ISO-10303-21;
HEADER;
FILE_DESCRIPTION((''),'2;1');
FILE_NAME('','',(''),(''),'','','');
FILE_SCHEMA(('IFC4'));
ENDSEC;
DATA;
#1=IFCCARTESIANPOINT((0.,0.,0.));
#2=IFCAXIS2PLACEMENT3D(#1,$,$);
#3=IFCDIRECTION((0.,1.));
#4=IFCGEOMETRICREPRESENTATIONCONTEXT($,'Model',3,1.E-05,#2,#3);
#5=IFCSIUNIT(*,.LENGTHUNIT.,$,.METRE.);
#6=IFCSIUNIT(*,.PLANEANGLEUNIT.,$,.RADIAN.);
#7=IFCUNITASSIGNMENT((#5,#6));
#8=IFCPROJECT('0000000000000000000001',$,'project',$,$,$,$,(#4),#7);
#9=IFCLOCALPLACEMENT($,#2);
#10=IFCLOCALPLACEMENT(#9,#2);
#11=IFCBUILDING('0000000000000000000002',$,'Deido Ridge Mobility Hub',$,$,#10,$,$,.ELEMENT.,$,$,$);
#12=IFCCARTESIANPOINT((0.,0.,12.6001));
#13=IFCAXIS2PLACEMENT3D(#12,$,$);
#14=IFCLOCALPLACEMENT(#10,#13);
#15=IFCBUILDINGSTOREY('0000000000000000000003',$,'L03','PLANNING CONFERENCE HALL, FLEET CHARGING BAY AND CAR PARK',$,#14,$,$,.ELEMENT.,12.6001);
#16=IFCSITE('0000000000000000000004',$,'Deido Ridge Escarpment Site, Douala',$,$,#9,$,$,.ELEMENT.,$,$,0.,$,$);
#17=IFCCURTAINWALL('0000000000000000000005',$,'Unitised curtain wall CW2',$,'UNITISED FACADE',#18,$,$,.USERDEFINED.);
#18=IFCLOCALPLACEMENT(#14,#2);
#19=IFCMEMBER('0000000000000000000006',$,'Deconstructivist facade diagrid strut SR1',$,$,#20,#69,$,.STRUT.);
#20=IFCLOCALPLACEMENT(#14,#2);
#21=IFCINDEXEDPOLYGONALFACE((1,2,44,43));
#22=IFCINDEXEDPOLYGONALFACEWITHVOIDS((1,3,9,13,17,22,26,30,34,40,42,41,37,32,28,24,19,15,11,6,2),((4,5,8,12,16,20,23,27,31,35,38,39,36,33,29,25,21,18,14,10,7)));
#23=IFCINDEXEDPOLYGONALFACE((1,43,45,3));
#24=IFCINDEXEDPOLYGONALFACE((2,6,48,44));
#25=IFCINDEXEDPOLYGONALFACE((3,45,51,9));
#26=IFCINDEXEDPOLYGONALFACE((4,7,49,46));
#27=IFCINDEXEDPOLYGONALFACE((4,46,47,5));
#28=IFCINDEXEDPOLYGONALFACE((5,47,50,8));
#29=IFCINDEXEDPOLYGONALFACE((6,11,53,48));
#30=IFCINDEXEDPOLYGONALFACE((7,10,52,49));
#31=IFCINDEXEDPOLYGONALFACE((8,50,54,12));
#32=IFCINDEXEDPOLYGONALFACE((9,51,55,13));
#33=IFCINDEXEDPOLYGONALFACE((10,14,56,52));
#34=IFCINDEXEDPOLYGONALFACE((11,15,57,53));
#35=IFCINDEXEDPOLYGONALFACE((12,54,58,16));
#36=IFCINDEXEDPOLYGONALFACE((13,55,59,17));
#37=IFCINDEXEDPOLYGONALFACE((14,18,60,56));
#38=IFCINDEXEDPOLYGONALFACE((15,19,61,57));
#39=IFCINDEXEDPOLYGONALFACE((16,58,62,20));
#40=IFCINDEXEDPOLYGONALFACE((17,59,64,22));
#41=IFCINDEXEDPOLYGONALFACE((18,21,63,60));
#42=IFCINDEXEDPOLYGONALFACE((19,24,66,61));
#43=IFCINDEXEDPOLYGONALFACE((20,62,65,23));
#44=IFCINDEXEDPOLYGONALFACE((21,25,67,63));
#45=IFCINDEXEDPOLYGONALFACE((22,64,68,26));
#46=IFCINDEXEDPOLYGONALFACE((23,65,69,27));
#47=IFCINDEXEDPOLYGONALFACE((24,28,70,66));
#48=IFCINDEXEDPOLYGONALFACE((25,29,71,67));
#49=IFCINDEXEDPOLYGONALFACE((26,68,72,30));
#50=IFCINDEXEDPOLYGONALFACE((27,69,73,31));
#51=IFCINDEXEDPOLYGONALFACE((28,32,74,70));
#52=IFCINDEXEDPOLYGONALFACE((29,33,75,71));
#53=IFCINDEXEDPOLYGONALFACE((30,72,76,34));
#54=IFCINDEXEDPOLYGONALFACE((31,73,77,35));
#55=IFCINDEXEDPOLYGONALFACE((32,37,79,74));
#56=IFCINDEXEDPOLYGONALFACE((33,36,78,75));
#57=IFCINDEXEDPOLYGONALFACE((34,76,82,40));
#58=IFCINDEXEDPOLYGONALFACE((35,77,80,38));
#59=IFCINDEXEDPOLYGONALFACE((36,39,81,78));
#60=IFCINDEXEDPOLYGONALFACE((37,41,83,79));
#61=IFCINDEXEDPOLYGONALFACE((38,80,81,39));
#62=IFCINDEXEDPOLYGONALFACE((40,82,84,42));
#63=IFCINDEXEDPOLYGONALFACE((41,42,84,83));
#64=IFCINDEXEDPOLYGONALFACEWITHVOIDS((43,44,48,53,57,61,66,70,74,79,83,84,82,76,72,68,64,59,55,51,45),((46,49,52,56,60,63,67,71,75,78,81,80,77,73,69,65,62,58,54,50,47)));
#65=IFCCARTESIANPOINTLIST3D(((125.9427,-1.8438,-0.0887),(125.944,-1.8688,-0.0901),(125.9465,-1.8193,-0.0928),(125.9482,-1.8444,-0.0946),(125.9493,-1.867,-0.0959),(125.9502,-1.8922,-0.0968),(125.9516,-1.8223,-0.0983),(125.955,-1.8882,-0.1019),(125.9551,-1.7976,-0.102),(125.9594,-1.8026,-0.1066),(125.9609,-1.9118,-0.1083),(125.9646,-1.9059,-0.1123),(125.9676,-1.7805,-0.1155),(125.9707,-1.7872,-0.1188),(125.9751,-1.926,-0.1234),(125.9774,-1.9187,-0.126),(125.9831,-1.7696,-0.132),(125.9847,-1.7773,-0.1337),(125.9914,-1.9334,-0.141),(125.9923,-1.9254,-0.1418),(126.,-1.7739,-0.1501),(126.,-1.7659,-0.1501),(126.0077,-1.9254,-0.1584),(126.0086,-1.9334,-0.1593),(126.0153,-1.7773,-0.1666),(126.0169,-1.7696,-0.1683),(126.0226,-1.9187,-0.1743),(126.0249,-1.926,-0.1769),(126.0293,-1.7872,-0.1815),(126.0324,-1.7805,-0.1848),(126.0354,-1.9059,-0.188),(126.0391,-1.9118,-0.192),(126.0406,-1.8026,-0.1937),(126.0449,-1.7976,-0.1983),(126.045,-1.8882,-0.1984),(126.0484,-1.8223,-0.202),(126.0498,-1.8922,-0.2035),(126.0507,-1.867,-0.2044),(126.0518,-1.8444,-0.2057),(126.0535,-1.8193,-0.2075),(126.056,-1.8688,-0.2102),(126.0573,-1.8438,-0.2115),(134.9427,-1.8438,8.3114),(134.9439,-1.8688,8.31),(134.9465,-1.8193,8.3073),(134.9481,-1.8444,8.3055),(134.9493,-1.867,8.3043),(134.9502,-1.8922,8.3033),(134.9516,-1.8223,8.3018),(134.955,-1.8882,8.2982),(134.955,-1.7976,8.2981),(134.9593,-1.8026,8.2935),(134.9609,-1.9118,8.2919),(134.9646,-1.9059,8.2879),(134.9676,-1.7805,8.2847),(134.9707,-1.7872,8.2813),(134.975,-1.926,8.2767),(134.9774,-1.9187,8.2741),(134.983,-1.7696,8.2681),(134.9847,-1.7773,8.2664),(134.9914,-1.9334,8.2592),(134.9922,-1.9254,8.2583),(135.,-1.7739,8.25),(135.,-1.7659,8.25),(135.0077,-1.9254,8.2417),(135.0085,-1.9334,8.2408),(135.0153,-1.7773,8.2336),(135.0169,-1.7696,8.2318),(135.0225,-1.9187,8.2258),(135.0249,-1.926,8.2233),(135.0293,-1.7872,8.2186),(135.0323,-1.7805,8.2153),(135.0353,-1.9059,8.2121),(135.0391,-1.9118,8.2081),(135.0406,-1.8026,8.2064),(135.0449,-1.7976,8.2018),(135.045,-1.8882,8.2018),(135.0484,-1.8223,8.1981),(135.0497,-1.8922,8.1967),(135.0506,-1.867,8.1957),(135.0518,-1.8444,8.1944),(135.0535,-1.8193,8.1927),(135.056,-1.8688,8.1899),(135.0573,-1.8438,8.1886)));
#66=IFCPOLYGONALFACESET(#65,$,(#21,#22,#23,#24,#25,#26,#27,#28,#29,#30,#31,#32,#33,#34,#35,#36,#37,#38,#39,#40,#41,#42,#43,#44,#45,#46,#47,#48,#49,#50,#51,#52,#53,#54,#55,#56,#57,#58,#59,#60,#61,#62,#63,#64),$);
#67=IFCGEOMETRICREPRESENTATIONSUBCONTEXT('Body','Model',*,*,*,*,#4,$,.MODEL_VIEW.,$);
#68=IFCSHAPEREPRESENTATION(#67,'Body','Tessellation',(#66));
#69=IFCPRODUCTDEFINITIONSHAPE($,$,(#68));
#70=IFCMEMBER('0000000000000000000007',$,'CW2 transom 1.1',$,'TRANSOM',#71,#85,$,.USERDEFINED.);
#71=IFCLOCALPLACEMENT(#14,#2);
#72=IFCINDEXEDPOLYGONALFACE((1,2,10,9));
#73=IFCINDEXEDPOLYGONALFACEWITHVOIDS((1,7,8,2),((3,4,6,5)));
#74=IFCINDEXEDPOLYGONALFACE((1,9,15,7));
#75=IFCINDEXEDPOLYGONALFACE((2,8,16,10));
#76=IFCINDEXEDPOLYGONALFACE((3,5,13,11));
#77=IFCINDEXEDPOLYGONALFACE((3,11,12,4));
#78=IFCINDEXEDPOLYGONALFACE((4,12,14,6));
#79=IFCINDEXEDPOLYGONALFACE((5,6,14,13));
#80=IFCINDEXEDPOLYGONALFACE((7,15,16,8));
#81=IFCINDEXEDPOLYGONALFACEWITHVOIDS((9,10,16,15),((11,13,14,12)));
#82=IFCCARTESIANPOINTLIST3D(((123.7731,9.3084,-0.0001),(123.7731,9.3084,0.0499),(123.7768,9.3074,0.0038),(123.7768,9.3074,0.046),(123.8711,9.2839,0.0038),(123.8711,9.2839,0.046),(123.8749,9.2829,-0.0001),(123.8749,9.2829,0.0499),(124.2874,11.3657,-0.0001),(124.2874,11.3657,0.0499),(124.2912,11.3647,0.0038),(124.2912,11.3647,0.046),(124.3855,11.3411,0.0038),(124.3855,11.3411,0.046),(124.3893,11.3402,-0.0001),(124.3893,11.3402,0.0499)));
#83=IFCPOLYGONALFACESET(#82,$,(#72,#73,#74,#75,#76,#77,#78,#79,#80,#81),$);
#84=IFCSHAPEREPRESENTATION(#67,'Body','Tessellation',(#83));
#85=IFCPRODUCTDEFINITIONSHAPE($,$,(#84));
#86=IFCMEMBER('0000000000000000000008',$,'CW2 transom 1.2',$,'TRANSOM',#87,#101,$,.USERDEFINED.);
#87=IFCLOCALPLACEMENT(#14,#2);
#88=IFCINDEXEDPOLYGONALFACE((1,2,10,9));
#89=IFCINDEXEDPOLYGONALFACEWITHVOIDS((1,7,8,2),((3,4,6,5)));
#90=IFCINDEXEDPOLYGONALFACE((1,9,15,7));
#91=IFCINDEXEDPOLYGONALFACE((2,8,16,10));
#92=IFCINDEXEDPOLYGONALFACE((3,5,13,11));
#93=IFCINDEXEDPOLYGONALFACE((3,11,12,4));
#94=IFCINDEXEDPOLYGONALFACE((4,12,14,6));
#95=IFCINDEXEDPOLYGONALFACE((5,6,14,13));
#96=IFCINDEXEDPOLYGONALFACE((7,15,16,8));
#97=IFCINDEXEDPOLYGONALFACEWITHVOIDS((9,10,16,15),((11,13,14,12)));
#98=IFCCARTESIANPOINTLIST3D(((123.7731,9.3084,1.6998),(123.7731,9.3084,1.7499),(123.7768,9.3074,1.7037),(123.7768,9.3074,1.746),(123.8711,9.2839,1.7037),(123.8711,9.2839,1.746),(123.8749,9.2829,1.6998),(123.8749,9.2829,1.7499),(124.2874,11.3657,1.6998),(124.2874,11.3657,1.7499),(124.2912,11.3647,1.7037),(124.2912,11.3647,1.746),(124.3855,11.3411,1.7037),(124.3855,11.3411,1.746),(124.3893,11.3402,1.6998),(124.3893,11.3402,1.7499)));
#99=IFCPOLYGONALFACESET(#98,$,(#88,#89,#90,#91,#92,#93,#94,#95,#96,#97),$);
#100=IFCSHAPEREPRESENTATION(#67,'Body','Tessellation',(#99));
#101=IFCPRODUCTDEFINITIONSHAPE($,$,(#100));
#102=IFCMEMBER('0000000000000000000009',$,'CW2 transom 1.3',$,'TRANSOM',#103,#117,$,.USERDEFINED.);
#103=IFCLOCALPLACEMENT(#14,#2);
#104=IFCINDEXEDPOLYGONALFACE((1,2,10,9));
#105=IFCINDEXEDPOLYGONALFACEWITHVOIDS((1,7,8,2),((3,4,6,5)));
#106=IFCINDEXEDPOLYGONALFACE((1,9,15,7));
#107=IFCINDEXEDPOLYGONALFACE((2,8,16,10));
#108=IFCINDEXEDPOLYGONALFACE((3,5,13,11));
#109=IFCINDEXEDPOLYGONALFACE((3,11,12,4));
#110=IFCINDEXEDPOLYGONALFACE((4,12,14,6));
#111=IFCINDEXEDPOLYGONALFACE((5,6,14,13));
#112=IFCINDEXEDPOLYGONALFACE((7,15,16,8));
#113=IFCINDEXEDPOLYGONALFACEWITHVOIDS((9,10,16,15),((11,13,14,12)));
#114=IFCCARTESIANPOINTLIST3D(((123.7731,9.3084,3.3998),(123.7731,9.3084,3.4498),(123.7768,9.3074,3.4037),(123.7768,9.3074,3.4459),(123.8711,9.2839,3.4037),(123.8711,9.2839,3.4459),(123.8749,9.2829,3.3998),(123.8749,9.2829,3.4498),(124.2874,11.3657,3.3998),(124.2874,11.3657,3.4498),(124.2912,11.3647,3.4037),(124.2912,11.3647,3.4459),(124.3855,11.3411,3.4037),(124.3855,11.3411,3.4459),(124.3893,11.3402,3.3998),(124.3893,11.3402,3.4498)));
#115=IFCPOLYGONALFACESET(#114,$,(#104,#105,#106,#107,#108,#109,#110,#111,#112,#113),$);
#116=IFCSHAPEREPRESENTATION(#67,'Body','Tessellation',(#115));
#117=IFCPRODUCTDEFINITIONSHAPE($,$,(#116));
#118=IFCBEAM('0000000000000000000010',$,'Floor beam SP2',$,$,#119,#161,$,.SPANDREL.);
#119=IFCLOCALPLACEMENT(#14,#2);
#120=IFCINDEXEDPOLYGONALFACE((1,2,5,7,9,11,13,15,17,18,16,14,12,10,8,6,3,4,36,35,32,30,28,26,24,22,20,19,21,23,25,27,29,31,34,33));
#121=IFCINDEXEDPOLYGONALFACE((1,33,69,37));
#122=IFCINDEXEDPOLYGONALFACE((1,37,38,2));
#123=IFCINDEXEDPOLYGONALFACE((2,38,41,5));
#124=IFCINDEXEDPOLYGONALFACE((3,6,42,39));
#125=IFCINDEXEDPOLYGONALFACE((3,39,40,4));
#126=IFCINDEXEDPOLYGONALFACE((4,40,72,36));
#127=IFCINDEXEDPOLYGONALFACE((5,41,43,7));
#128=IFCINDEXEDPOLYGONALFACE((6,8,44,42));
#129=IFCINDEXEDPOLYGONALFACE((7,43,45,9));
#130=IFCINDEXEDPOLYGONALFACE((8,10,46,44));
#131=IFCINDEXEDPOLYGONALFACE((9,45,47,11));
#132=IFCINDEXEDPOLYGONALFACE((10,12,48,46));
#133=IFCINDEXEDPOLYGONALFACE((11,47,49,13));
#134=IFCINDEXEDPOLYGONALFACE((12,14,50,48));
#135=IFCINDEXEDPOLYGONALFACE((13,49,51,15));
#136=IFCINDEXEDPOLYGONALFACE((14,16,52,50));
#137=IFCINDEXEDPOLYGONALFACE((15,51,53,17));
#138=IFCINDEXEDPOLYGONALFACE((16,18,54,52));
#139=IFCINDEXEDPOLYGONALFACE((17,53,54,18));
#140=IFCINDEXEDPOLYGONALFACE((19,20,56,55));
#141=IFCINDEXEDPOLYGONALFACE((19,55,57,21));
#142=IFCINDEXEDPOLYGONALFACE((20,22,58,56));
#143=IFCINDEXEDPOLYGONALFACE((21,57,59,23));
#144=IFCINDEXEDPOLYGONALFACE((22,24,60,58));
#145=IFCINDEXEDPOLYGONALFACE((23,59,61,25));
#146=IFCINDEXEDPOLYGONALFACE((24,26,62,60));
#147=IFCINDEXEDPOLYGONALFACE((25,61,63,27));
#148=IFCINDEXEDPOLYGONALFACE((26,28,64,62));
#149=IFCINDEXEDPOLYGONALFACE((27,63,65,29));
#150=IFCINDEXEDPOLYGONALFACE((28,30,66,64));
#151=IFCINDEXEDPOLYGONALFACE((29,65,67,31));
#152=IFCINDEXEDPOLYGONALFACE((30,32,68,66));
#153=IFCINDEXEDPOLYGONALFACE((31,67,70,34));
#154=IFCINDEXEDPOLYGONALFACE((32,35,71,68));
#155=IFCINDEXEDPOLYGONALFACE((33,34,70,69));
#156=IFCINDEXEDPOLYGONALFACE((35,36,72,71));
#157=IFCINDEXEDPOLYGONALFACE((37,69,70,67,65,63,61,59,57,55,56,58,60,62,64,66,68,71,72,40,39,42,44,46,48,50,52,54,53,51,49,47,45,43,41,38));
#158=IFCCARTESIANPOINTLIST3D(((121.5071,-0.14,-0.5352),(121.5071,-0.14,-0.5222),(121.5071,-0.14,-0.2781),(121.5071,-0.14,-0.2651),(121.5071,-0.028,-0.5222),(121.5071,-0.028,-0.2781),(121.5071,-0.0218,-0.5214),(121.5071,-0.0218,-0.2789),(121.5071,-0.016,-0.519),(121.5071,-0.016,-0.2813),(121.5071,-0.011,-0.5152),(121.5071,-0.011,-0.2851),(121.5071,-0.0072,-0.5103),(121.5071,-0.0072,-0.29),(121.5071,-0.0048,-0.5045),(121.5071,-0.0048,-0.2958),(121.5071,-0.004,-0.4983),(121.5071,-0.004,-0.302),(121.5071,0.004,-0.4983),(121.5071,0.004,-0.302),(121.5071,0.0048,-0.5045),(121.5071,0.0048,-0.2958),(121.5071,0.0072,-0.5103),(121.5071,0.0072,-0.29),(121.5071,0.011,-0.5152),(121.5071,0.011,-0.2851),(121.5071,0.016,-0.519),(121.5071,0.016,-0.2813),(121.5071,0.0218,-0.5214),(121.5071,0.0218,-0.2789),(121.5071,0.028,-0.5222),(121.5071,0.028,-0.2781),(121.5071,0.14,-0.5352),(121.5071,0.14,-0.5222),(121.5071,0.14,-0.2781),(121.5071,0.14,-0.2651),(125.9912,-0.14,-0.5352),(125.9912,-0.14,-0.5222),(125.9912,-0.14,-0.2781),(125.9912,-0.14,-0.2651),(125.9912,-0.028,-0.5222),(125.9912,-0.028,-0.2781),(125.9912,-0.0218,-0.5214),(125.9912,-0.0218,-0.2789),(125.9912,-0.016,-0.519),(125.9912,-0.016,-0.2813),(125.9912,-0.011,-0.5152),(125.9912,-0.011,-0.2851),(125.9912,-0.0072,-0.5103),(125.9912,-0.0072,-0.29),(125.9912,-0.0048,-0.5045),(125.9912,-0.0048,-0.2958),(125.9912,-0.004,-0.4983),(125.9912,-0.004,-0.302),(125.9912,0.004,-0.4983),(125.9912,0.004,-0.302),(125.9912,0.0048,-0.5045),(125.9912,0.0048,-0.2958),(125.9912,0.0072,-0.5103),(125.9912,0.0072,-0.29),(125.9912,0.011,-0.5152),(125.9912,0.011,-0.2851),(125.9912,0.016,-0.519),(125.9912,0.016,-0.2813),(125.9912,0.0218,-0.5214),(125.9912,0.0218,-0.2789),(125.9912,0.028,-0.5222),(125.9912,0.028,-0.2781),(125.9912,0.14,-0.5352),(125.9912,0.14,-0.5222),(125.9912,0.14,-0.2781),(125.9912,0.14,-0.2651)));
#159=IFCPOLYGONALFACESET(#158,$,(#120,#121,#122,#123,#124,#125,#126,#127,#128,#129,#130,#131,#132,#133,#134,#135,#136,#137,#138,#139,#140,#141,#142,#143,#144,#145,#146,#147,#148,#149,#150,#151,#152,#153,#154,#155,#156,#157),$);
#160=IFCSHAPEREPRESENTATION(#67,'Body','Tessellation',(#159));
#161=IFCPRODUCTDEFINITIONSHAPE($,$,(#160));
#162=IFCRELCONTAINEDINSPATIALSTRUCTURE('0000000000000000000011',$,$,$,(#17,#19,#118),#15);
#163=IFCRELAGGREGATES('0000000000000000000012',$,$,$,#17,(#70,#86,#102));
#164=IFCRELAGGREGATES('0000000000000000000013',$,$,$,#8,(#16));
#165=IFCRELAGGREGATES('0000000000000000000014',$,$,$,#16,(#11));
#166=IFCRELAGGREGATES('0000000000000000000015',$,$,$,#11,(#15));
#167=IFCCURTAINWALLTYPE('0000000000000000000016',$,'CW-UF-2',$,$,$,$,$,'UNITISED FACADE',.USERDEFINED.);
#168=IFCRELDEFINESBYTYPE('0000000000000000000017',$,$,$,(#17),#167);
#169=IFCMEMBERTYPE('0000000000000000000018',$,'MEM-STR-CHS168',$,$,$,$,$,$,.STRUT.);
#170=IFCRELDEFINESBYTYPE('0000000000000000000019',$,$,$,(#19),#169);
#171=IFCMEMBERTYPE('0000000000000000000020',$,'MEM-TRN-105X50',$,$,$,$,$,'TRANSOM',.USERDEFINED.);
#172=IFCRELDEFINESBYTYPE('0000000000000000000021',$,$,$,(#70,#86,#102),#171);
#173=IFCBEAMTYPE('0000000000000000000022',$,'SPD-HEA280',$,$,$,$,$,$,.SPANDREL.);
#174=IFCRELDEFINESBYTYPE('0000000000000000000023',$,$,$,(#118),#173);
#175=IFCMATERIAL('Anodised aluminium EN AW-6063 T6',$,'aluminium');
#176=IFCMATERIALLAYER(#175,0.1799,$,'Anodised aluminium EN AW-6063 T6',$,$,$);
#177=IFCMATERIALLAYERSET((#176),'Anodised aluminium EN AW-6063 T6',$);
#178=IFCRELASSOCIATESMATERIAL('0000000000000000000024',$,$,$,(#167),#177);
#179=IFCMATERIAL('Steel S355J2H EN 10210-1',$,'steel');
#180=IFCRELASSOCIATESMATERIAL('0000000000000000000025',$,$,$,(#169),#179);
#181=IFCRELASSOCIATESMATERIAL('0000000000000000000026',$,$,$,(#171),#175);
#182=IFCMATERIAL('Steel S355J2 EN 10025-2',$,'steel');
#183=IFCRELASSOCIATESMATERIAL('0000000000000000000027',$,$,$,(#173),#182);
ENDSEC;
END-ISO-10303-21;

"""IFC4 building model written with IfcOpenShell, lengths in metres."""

from ifc_helpers import new_model, si_unit, direction, frame, origin, origin_2d, place, context, subcontext, project, spatial, hollow_rectangle, hollow_circle, i_section, extrude, material, layer, layer_set, material_profile, profile_set, type_object, element, aggregate, save


model = new_model("IFC4")

# Units and contexts
model_context = context("Model", 3, precision=1e-05, world=origin(), true_north=direction((0.0, 1.0)))
body_context = subcontext(model_context, "Body", "Model", "MODEL_VIEW")
ifc_project = project(units=[si_unit("LENGTHUNIT", "METRE"), si_unit("PLANEANGLEUNIT", "RADIAN")], contexts=[model_context])

# Site, building, storey
site_placement = place(None, origin())
site = spatial("IfcSite", under=ifc_project, at=site_placement, Name="Deido Ridge Escarpment Site, Douala", CompositionType="ELEMENT", RefElevation=0.0)
building_placement = place(site_placement, origin())
building = spatial("IfcBuilding", under=site, at=building_placement, Name="Deido Ridge Mobility Hub", CompositionType="ELEMENT")
storey_placement = place(building_placement, frame((0.0, 0.0, 12.6001)))
storey = spatial("IfcBuildingStorey", under=building, at=storey_placement, Name="L03", Description="PLANNING CONFERENCE HALL, FLEET CHARGING BAY AND CAR PARK", CompositionType="ELEMENT", Elevation=12.6001)

# Shared definitions
ifc_material_1 = material(Name="Steel S355J2 EN 10025-2", Category="steel")

# Curtain wall
ifc_material_2 = material(Name="Anodised aluminium EN AW-6063 T6", Category="aluminium")
ifc_layer_1 = layer(ifc_material_2, 0.1799, Name="Anodised aluminium EN AW-6063 T6")
ifc_layer_set_1 = layer_set([ifc_layer_1], Name="Anodised aluminium EN AW-6063 T6")
curtain_wall_type = type_object("IfcCurtainWallType", Name="CW-UF-2", ElementType="UNITISED FACADE", PredefinedType="USERDEFINED", material=ifc_layer_set_1)
curtain_wall_placement = place(storey_placement, origin())
curtain_wall = element("IfcCurtainWall", 1, at=curtain_wall_placement, inside=storey, type_object=curtain_wall_type, Name="Unitised curtain wall CW2", ObjectType="UNITISED FACADE", PredefinedType="USERDEFINED")

# Members
ifc_material_3 = material(Name="Steel S355J2H EN 10210-1", Category="steel")
ifc_material_profile_1 = material_profile(ifc_material_3, hollow_circle(Radius=0.0842, WallThickness=0.0081, at=origin_2d()), Name="CHS 168.3x8")
ifc_profile_set_1 = profile_set([ifc_material_profile_1], Name="Steel S355J2H EN 10210-1")
member_type_1 = type_object("IfcMemberType", Name="MEM-STR-CHS168", PredefinedType="STRUT", material=ifc_profile_set_1)
member_1_placement = place(storey_placement, frame((126.0, -1.8501, -0.1501), z_axis=(0.731049, 0.0, 0.682325), x_axis=(0.0, 1.0, 0.0)))
element("IfcMember", 2, at=member_1_placement, inside=storey, type_object=member_type_1, Name="Deconstructivist facade diagrid strut SR1", PredefinedType="STRUT", context=body_context, shape_type="SweptSolid", body=[
    extrude(hollow_circle(Radius=0.0842, WallThickness=0.0081, at=origin_2d()), origin(), (0.0, 0.0, 1.0), 12.311),
])
ifc_material_profile_2 = material_profile(ifc_material_2, hollow_rectangle(XDim=0.105, YDim=0.05, WallThickness=0.0039, at=origin_2d()), Name="RHS 105x50x4")
ifc_profile_set_2 = profile_set([ifc_material_profile_2], Name="Anodised aluminium EN AW-6063 T6")
member_type_2 = type_object("IfcMemberType", Name="MEM-TRN-105X50", ElementType="TRANSOM", PredefinedType="USERDEFINED", material=ifc_profile_set_2)
member_2_placement = place(storey_placement, frame((123.824, 9.2957, 0.0249), z_axis=(0.242563, 0.970136, 0.0), x_axis=(-0.970136, 0.242563, 0.0)))
member_2 = element("IfcMember", 3, at=member_2_placement, type_object=member_type_2, Name="CW2 transom 1.1", ObjectType="TRANSOM", PredefinedType="USERDEFINED", context=body_context, shape_type="SweptSolid", body=[
    extrude(hollow_rectangle(XDim=0.105, YDim=0.05, WallThickness=0.0039, at=origin_2d()), origin(), (0.0, 0.0, 1.0), 2.1206),
])
member_3_placement = place(storey_placement, frame((123.824, 9.2957, 1.7249), z_axis=(0.242563, 0.970136, 0.0), x_axis=(-0.970136, 0.242563, 0.0)))
member_3 = element("IfcMember", 4, at=member_3_placement, type_object=member_type_2, Name="CW2 transom 1.2", ObjectType="TRANSOM", PredefinedType="USERDEFINED", context=body_context, shape_type="SweptSolid", body=[
    extrude(hollow_rectangle(XDim=0.105, YDim=0.05, WallThickness=0.0039, at=origin_2d()), origin(), (0.0, 0.0, 1.0), 2.1206),
])
member_4_placement = place(storey_placement, frame((123.824, 9.2957, 3.4248), z_axis=(0.242563, 0.970136, 0.0), x_axis=(-0.970136, 0.242563, 0.0)))
member_4 = element("IfcMember", 5, at=member_4_placement, type_object=member_type_2, Name="CW2 transom 1.3", ObjectType="TRANSOM", PredefinedType="USERDEFINED", context=body_context, shape_type="SweptSolid", body=[
    extrude(hollow_rectangle(XDim=0.105, YDim=0.05, WallThickness=0.0039, at=origin_2d()), origin(), (0.0, 0.0, 1.0), 2.1206),
])
aggregate(curtain_wall, [member_2, member_3, member_4])

# Beam
ifc_material_profile_3 = material_profile(ifc_material_1, i_section(OverallWidth=0.28, OverallDepth=0.27, WebThickness=0.0081, FlangeThickness=0.0129, FilletRadius=0.0239, at=origin_2d()), Name="HEA 280")
ifc_profile_set_3 = profile_set([ifc_material_profile_3], Name="Steel S355J2 EN 10025-2")
beam_type_1 = type_object("IfcBeamType", Name="SPD-HEA280", PredefinedType="SPANDREL", material=ifc_profile_set_3)
beam_1_placement = place(storey_placement, frame((121.5071, 0.0, -0.4001), z_axis=(1.0, 0.0, 0.0), x_axis=(0.0, 1.0, 0.0)))
element("IfcBeam", 6, at=beam_1_placement, inside=storey, type_object=beam_type_1, Name="Floor beam SP2", PredefinedType="SPANDREL", context=body_context, shape_type="SweptSolid", body=[
    extrude(i_section(OverallWidth=0.28, OverallDepth=0.27, WebThickness=0.0081, FlangeThickness=0.0129, FilletRadius=0.0239, at=origin_2d()), origin(), (0.0, 0.0, 1.0), 4.4841),
])

save(model, "model.ifc")
